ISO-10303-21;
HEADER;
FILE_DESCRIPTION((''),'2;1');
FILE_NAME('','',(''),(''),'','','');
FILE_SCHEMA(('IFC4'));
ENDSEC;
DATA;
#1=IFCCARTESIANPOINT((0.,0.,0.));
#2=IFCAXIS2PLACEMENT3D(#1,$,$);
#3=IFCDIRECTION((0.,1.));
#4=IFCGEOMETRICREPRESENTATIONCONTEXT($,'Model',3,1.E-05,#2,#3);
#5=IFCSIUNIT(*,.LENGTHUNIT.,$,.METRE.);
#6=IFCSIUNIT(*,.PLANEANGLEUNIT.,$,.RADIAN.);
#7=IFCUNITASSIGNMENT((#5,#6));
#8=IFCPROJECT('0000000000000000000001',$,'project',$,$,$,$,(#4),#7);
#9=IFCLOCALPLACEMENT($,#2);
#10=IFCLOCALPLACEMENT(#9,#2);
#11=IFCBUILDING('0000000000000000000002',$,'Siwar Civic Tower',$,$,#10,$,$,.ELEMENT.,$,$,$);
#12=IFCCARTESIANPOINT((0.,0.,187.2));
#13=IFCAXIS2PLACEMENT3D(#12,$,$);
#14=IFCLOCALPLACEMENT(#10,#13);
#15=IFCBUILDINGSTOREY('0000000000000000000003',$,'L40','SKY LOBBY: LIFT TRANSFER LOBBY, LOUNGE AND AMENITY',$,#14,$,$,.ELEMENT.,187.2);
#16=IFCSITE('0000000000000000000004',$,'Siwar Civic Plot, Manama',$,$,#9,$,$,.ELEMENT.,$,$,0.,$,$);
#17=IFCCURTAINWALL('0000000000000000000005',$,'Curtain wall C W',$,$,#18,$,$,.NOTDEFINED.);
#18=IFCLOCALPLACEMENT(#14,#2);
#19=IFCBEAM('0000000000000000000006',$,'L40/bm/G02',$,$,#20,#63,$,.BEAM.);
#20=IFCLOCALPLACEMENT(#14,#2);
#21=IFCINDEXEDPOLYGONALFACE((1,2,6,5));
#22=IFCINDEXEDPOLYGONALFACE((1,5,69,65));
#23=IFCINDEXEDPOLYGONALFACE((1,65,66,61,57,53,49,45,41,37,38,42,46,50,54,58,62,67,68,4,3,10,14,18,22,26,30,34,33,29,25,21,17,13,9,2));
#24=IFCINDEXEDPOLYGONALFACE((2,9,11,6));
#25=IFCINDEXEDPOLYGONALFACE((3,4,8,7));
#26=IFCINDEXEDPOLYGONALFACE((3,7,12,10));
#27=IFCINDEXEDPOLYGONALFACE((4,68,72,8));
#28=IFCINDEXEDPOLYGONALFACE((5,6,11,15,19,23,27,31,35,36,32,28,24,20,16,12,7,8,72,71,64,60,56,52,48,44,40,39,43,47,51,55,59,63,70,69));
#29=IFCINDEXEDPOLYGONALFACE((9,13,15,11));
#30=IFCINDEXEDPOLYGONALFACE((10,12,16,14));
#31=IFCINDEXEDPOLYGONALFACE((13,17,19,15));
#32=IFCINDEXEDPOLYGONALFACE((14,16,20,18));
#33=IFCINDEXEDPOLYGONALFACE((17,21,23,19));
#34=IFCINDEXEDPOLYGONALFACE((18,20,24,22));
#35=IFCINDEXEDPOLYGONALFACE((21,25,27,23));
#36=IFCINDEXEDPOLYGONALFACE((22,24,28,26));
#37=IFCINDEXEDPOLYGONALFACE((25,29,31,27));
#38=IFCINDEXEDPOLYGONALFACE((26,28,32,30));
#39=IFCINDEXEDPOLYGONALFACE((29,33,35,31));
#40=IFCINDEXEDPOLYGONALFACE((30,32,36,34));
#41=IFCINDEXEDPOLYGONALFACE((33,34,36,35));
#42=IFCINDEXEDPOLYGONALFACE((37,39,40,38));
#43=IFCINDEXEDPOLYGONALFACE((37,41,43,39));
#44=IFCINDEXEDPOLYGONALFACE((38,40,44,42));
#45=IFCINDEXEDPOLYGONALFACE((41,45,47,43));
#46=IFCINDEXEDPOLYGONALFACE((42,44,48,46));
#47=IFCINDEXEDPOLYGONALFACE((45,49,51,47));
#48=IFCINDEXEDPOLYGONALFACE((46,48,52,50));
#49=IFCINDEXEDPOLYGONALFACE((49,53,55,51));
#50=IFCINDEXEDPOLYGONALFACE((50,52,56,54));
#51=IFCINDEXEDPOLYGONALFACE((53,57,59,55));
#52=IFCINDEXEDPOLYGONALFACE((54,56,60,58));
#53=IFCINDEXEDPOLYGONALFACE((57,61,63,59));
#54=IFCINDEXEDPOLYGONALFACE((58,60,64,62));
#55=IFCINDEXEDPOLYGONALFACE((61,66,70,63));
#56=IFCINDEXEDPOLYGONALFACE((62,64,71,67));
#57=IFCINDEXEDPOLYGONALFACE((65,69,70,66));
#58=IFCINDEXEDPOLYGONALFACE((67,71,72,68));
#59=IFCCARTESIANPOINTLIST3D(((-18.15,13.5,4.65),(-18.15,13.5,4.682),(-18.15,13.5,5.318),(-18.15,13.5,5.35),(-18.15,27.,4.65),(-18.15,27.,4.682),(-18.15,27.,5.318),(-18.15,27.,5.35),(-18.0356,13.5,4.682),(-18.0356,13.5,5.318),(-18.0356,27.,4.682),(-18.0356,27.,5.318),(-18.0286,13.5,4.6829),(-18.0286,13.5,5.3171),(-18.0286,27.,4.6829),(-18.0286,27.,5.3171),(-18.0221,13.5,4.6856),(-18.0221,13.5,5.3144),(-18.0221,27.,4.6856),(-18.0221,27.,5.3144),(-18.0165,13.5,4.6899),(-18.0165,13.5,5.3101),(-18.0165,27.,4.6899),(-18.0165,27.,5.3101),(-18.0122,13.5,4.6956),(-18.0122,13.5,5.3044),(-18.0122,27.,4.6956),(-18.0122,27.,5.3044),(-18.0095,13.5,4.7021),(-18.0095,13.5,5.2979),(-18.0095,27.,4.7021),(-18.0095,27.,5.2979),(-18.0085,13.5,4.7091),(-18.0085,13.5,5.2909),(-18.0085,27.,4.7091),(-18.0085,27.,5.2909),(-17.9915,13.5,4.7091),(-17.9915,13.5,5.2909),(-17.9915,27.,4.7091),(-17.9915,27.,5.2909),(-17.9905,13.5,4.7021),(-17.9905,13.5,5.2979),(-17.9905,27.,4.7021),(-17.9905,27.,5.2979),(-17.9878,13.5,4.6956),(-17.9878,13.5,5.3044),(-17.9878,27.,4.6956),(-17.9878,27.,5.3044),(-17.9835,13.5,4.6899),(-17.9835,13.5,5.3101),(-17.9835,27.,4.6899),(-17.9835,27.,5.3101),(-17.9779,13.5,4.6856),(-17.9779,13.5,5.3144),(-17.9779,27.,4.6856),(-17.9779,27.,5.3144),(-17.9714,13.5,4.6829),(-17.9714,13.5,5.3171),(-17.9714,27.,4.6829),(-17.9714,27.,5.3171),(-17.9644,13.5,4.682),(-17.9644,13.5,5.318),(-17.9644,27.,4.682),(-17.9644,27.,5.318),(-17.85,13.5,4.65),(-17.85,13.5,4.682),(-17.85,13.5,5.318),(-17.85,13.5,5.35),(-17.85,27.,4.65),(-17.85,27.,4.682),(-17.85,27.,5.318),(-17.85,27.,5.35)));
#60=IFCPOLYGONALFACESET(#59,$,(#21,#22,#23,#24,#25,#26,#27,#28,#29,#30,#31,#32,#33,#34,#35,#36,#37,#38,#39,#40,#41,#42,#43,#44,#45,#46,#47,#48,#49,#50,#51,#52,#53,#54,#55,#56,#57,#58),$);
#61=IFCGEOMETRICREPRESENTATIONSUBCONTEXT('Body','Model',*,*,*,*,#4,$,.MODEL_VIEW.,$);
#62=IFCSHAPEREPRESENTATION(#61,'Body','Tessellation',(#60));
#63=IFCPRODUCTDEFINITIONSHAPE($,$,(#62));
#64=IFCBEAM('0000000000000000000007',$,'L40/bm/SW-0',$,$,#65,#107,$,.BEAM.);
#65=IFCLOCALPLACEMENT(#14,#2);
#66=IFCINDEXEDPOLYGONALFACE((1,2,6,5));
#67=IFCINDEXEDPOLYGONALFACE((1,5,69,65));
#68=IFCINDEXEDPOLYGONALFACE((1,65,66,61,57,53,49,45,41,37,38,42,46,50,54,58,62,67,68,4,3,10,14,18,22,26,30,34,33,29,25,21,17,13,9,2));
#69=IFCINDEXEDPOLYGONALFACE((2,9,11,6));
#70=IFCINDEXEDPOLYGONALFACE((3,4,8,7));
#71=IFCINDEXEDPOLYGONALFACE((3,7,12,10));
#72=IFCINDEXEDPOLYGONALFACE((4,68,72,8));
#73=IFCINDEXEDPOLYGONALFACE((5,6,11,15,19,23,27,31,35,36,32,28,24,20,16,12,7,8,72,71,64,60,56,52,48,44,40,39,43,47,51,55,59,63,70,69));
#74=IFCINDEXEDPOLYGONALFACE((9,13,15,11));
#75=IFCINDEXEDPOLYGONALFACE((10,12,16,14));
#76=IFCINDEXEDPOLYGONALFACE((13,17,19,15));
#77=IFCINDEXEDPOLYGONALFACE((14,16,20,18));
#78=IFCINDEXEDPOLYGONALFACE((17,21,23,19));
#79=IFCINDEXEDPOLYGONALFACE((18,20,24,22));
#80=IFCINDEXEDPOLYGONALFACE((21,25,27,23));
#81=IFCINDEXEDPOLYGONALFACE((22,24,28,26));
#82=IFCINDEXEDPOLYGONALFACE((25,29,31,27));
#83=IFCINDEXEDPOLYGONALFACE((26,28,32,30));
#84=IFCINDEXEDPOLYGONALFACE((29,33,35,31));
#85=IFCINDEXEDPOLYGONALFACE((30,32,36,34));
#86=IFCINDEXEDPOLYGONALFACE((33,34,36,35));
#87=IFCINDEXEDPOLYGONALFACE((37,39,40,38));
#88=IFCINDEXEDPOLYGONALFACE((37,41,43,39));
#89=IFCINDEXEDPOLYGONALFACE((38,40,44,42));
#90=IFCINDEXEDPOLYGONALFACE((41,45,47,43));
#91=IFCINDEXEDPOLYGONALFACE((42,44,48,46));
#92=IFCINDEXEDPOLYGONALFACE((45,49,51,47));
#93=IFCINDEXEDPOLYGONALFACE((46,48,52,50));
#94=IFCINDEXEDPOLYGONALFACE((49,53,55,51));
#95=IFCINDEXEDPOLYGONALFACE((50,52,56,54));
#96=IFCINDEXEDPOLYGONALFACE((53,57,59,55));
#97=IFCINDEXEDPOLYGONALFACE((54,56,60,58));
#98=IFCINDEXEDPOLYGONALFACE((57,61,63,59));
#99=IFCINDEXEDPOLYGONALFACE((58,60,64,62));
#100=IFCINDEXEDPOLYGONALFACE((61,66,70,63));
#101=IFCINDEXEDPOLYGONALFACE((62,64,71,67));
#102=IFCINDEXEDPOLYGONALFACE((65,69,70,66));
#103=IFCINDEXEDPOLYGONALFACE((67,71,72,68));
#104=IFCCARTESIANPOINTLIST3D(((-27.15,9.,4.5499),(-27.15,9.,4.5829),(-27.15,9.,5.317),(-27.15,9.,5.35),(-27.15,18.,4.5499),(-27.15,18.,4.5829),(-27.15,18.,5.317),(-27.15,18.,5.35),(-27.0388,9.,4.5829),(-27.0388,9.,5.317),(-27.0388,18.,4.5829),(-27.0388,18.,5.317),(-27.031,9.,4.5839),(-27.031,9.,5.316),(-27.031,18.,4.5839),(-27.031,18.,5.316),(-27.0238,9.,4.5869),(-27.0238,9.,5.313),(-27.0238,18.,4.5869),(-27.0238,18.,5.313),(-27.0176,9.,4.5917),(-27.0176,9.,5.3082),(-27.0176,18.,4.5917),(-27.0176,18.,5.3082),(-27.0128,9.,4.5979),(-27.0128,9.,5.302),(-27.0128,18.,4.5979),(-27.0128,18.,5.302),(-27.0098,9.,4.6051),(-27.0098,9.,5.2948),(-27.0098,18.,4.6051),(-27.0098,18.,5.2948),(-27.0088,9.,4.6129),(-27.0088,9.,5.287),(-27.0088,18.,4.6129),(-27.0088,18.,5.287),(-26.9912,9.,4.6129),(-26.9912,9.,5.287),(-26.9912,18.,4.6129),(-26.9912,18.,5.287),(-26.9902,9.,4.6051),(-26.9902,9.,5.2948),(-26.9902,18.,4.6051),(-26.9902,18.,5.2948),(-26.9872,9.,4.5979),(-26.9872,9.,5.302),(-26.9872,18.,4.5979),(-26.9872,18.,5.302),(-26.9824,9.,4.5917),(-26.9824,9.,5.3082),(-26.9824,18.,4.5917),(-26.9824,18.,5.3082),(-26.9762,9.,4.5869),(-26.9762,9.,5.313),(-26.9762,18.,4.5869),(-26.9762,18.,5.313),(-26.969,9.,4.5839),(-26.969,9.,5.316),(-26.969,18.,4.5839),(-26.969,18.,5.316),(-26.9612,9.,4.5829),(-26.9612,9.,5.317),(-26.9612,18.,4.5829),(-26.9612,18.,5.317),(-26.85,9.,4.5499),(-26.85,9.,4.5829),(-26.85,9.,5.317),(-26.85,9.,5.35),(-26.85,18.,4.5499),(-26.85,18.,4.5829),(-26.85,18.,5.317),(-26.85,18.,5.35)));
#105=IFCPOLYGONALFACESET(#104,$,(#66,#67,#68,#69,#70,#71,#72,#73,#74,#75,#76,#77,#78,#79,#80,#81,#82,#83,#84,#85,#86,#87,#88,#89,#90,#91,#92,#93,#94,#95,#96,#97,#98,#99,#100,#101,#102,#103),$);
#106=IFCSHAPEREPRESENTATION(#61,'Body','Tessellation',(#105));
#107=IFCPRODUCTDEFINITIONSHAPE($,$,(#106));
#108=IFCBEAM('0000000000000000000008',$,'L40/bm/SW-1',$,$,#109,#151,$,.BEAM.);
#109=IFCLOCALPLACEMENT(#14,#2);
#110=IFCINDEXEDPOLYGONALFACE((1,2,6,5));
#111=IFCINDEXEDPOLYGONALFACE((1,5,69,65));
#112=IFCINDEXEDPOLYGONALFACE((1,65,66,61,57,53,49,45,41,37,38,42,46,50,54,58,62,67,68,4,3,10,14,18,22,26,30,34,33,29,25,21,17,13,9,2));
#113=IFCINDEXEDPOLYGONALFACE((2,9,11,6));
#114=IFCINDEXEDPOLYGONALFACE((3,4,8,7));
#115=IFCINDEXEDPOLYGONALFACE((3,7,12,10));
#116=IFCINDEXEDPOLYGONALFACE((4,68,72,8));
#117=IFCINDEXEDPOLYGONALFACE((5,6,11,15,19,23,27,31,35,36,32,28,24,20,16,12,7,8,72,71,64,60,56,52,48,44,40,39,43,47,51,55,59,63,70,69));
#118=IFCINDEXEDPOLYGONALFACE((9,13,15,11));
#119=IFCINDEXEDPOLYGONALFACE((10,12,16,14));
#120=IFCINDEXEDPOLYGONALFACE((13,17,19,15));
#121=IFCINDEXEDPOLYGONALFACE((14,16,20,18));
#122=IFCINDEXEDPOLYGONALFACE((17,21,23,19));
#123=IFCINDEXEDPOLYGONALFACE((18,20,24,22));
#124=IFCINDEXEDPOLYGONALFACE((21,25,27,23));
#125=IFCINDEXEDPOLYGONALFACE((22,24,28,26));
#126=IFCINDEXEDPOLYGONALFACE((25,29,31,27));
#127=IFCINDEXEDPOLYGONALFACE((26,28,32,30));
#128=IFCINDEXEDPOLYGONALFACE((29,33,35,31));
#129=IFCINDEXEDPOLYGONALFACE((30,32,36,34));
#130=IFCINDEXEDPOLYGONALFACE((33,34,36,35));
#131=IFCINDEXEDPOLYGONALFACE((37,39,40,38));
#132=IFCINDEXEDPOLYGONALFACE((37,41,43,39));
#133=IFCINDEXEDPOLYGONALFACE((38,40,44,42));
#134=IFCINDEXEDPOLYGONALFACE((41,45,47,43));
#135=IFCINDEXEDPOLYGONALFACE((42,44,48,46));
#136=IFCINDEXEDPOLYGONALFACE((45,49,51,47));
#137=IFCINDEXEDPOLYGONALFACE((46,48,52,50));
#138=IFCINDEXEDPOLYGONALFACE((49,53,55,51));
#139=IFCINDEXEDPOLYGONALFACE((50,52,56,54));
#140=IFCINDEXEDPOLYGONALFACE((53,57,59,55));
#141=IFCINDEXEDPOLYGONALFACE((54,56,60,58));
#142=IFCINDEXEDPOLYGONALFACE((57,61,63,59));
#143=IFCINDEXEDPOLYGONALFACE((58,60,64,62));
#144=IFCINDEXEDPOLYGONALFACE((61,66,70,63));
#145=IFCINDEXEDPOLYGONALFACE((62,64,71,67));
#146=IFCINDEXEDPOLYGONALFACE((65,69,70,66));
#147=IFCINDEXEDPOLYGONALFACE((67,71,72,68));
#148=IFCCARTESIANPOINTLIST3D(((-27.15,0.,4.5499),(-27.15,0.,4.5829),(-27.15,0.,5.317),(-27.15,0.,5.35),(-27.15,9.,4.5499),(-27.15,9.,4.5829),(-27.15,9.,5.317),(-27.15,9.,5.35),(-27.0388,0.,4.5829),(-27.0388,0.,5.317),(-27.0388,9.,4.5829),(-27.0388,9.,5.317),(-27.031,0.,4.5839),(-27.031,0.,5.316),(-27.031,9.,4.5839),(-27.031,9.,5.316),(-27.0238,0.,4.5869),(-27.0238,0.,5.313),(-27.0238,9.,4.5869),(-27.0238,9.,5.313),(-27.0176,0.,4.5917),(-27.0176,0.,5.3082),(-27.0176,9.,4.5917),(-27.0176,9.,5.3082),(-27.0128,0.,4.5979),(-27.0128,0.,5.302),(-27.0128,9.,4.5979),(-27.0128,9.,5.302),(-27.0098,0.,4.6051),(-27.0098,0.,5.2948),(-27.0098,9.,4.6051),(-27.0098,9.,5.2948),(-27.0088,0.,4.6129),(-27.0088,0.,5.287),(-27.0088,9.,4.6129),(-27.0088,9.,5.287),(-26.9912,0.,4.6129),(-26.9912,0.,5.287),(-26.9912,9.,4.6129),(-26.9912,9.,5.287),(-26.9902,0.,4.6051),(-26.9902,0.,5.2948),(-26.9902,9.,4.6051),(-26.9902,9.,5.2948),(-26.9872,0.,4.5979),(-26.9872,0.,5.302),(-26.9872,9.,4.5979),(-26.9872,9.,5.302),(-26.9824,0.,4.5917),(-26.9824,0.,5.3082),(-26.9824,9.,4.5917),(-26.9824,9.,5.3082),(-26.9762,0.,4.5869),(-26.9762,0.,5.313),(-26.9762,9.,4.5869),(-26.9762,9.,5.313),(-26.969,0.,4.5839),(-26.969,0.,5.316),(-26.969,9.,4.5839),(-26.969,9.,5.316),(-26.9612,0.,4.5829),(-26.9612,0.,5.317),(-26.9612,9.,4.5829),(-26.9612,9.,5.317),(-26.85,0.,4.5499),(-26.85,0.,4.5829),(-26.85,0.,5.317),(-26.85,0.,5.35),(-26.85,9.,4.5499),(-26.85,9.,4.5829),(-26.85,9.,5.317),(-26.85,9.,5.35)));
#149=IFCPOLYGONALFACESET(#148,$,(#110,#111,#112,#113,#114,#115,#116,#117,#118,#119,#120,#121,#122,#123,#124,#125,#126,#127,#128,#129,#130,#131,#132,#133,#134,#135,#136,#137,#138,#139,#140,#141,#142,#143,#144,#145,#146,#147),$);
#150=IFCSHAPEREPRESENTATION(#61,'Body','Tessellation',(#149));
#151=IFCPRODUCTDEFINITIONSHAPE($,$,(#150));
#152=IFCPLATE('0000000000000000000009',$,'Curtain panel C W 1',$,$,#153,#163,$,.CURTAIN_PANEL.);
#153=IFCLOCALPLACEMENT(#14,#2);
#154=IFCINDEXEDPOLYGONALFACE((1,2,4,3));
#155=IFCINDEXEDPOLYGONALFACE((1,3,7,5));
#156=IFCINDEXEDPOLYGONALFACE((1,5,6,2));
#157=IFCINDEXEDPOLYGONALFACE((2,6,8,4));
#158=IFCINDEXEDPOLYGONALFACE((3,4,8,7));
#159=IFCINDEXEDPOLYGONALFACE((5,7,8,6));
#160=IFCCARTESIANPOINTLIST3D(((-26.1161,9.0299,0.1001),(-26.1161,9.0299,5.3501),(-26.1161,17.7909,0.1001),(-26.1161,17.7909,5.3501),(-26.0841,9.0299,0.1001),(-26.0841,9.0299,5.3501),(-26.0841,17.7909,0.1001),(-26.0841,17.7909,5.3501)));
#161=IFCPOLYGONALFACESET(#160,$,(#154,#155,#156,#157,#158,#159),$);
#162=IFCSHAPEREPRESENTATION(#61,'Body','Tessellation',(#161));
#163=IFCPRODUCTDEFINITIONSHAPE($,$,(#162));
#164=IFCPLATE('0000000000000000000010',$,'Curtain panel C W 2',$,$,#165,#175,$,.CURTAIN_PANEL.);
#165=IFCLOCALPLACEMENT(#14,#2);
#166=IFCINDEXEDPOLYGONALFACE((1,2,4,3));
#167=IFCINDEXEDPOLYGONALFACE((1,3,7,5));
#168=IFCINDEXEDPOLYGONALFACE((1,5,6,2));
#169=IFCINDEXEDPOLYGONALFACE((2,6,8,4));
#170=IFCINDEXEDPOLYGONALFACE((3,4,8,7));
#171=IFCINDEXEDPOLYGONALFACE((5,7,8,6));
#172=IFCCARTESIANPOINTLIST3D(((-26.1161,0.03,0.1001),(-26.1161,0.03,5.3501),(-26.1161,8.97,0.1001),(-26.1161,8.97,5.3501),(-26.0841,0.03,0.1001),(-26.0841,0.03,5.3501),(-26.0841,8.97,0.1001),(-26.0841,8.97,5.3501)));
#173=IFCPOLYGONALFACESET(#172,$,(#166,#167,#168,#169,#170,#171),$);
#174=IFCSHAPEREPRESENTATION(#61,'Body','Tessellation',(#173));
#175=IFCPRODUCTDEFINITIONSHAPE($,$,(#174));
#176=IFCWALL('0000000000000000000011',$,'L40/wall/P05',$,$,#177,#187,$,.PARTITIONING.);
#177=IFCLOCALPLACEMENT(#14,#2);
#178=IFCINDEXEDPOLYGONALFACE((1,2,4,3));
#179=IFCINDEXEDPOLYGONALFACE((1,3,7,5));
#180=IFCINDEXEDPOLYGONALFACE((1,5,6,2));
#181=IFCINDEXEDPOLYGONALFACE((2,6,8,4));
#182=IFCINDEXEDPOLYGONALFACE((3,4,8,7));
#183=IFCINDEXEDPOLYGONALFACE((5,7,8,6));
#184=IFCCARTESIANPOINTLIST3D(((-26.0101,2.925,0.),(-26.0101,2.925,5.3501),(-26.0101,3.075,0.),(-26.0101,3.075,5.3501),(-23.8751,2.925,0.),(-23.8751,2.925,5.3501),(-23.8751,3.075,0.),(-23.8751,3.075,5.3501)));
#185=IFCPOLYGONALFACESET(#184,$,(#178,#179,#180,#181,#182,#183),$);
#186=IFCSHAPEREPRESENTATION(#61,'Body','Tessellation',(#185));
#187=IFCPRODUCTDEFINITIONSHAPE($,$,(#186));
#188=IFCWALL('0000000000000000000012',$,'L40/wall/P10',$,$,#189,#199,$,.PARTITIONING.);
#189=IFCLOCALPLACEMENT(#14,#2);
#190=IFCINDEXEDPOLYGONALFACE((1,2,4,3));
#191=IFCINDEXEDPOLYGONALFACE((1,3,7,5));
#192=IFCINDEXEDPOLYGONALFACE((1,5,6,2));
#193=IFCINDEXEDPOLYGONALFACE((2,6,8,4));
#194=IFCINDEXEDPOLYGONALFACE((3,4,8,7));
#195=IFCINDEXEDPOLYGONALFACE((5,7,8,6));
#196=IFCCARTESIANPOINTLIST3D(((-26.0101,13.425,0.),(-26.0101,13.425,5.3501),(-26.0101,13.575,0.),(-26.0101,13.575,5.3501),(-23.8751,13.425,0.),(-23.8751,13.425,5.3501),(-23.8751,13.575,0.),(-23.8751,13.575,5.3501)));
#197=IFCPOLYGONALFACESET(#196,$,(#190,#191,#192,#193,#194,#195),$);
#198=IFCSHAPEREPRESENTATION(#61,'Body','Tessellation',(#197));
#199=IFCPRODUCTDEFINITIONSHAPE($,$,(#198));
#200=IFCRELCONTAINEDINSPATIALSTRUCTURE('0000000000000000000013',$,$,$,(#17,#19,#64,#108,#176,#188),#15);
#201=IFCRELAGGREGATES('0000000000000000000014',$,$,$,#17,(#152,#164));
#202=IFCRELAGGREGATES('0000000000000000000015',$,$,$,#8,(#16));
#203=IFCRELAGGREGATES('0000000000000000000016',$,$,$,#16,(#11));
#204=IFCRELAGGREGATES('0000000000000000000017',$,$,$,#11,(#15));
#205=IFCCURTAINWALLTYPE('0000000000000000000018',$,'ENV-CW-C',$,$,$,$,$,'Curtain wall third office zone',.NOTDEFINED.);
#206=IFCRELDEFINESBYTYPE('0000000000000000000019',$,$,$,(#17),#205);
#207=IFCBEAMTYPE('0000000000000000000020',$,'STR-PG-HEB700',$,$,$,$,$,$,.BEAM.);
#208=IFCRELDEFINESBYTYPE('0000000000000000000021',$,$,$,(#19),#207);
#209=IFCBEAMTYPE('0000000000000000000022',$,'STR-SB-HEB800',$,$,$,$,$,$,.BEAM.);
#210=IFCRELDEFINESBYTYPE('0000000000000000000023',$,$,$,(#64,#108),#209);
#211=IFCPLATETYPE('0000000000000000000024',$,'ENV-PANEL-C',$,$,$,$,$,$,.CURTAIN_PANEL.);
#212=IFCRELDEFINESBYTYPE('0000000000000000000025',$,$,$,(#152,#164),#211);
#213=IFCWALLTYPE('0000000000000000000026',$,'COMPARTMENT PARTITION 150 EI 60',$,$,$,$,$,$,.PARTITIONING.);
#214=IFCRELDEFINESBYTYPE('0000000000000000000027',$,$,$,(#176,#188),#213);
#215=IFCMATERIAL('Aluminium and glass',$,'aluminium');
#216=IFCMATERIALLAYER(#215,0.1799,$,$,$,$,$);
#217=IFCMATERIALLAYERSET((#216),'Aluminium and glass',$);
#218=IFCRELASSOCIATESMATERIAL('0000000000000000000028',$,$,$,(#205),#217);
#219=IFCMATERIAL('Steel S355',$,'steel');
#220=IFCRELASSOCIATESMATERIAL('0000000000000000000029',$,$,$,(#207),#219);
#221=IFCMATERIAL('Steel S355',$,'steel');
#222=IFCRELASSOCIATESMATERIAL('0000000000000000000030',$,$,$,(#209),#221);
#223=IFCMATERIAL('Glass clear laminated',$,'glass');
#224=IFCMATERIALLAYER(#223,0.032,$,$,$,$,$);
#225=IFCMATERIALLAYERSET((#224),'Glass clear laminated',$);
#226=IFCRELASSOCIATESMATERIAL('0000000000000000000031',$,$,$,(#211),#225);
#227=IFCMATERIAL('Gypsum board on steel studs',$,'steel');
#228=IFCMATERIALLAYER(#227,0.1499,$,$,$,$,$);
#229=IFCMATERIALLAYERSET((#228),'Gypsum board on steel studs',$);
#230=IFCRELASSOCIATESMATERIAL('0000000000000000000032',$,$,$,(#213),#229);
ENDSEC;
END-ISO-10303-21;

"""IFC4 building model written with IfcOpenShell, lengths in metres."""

from ifc_helpers import new_model, si_unit, direction, frame, frame_2d, origin, origin_2d, place, context, subcontext, project, spatial, rectangle, i_section, extrude, material, layer, layer_set, material_profile, profile_set, type_object, element, aggregate, save


model = new_model("IFC4")

# Units and contexts
model_context = context("Model", 3, precision=1e-05, world=origin(), true_north=direction((0.0, 1.0)))
body_context = subcontext(model_context, "Body", "Model", "MODEL_VIEW")
ifc_project = project(units=[si_unit("LENGTHUNIT", "METRE"), si_unit("PLANEANGLEUNIT", "RADIAN")], contexts=[model_context])

# Site, building, storey
site_placement = place(None, origin())
site = spatial("IfcSite", under=ifc_project, at=site_placement, Name="Siwar Civic Plot, Manama", CompositionType="ELEMENT", RefElevation=0.0)
building_placement = place(site_placement, origin())
building = spatial("IfcBuilding", under=site, at=building_placement, Name="Siwar Civic Tower", CompositionType="ELEMENT")
storey_placement = place(building_placement, frame((0.0, 0.0, 187.2)))
storey = spatial("IfcBuildingStorey", under=building, at=storey_placement, Name="L40", Description="SKY LOBBY: LIFT TRANSFER LOBBY, LOUNGE AND AMENITY", CompositionType="ELEMENT", Elevation=187.2)

# Curtain wall
ifc_material_1 = material(Name="Aluminium and glass", Category="aluminium")
ifc_layer_1 = layer(ifc_material_1, 0.1799)
ifc_layer_set_1 = layer_set([ifc_layer_1], Name="Aluminium and glass")
curtain_wall_type = type_object("IfcCurtainWallType", Name="ENV-CW-C", ElementType="Curtain wall third office zone", PredefinedType="NOTDEFINED", material=ifc_layer_set_1)
curtain_wall_placement = place(storey_placement, origin())
curtain_wall = element("IfcCurtainWall", 1, at=curtain_wall_placement, inside=storey, type_object=curtain_wall_type, Name="Curtain wall C W", PredefinedType="NOTDEFINED")

# Beams
ifc_material_2 = material(Name="Steel S355", Category="steel")
ifc_material_profile_1 = material_profile(ifc_material_2, i_section(OverallWidth=0.3, OverallDepth=0.7, WebThickness=0.0171, FlangeThickness=0.032, FilletRadius=0.0271, at=origin_2d()), Name="HEB700")
ifc_profile_set_1 = profile_set([ifc_material_profile_1], Name="Steel S355")
beam_type_1 = type_object("IfcBeamType", Name="STR-PG-HEB700", PredefinedType="BEAM", material=ifc_profile_set_1)
beam_1_placement = place(storey_placement, frame((-18.0, 13.5, 5.0), z_axis=(0.0, 1.0, 0.0), x_axis=(-1.0, 0.0, 0.0)))
element("IfcBeam", 2, at=beam_1_placement, inside=storey, type_object=beam_type_1, Name="L40/bm/G02", PredefinedType="BEAM", context=body_context, shape_type="SweptSolid", body=[
    extrude(i_section(OverallWidth=0.3, OverallDepth=0.7, WebThickness=0.0171, FlangeThickness=0.032, FilletRadius=0.0271, at=origin_2d()), origin(), (0.0, 0.0, 1.0), 13.5),
])
ifc_material_3 = material(Name="Steel S355", Category="steel")
ifc_material_profile_2 = material_profile(ifc_material_3, i_section(OverallWidth=0.3, OverallDepth=0.8, WebThickness=0.0176, FlangeThickness=0.033, FilletRadius=0.03, at=origin_2d()), Name="HEB800")
ifc_profile_set_2 = profile_set([ifc_material_profile_2], Name="Steel S355")
beam_type_2 = type_object("IfcBeamType", Name="STR-SB-HEB800", PredefinedType="BEAM", material=ifc_profile_set_2)
for number, where, z_axis, x_axis, name in (
    (3, (-27.0, 18.0, 4.95), (0.0, -1.0, 0.0), (1.0, 0.0, 0.0), "L40/bm/SW-0"),
    (4, (-27.0, 9.0, 4.95), (0.0, -1.0, 0.0), (1.0, 0.0, 0.0), "L40/bm/SW-1"),
):
    element("IfcBeam", number, at=place(storey_placement, frame(where, z_axis=z_axis, x_axis=x_axis)), inside=storey, type_object=beam_type_2, Name=name, PredefinedType="BEAM", context=body_context, shape_type="SweptSolid", body=[
        extrude(i_section(OverallWidth=0.3, OverallDepth=0.8, WebThickness=0.0176, FlangeThickness=0.033, FilletRadius=0.03, at=origin_2d()), origin(), (0.0, 0.0, 1.0), 9.0),
    ])

# Plates
ifc_material_4 = material(Name="Glass clear laminated", Category="glass")
ifc_layer_2 = layer(ifc_material_4, 0.032)
ifc_layer_set_2 = layer_set([ifc_layer_2], Name="Glass clear laminated")
plate_type = type_object("IfcPlateType", Name="ENV-PANEL-C", PredefinedType="CURTAIN_PANEL", material=ifc_layer_set_2)
plate_1_placement = place(storey_placement, frame((-26.1001, 13.4104, 0.1001), z_axis=(0.0, 0.0, 1.0), x_axis=(0.0, -1.0, 0.0)))
plate_1 = element("IfcPlate", 5, at=plate_1_placement, type_object=plate_type, Name="Curtain panel C W 1", PredefinedType="CURTAIN_PANEL", context=body_context, shape_type="SweptSolid", body=[
    extrude(rectangle(XDim=8.761, YDim=0.032, at=origin_2d()), origin(), (0.0, 0.0, 1.0), 5.25),
])
plate_2_placement = place(storey_placement, frame((-26.1001, 4.5, 0.1001), z_axis=(0.0, 0.0, 1.0), x_axis=(0.0, -1.0, 0.0)))
plate_2 = element("IfcPlate", 6, at=plate_2_placement, type_object=plate_type, Name="Curtain panel C W 2", PredefinedType="CURTAIN_PANEL", context=body_context, shape_type="SweptSolid", body=[
    extrude(rectangle(XDim=8.9399, YDim=0.032, at=origin_2d()), origin(), (0.0, 0.0, 1.0), 5.25),
])
aggregate(curtain_wall, [plate_1, plate_2])

# Walls
ifc_material_5 = material(Name="Gypsum board on steel studs", Category="steel")
ifc_layer_3 = layer(ifc_material_5, 0.1499)
ifc_layer_set_3 = layer_set([ifc_layer_3], Name="Gypsum board on steel studs")
wall_type_1 = type_object("IfcWallType", Name="COMPARTMENT PARTITION 150 EI 60", PredefinedType="PARTITIONING", material=ifc_layer_set_3)
for number, where, z_axis, x_axis, name in (
    (7, (-26.01, 3.0, 0.0), (0.0, 0.0, 1.0), (1.0, 0.0, 0.0), "L40/wall/P05"),
    (8, (-26.01, 13.5, 0.0), (0.0, 0.0, 1.0), (1.0, 0.0, 0.0), "L40/wall/P10"),
):
    element("IfcWall", number, at=place(storey_placement, frame(where, z_axis=z_axis, x_axis=x_axis)), inside=storey, type_object=wall_type_1, Name=name, PredefinedType="PARTITIONING", context=body_context, shape_type="SweptSolid", body=[
        extrude(rectangle(XDim=2.135, YDim=0.1499, at=frame_2d((1.0674, 0.0))), origin(), (0.0, 0.0, 1.0), 5.3501),
    ])

save(model, "model.ifc")
